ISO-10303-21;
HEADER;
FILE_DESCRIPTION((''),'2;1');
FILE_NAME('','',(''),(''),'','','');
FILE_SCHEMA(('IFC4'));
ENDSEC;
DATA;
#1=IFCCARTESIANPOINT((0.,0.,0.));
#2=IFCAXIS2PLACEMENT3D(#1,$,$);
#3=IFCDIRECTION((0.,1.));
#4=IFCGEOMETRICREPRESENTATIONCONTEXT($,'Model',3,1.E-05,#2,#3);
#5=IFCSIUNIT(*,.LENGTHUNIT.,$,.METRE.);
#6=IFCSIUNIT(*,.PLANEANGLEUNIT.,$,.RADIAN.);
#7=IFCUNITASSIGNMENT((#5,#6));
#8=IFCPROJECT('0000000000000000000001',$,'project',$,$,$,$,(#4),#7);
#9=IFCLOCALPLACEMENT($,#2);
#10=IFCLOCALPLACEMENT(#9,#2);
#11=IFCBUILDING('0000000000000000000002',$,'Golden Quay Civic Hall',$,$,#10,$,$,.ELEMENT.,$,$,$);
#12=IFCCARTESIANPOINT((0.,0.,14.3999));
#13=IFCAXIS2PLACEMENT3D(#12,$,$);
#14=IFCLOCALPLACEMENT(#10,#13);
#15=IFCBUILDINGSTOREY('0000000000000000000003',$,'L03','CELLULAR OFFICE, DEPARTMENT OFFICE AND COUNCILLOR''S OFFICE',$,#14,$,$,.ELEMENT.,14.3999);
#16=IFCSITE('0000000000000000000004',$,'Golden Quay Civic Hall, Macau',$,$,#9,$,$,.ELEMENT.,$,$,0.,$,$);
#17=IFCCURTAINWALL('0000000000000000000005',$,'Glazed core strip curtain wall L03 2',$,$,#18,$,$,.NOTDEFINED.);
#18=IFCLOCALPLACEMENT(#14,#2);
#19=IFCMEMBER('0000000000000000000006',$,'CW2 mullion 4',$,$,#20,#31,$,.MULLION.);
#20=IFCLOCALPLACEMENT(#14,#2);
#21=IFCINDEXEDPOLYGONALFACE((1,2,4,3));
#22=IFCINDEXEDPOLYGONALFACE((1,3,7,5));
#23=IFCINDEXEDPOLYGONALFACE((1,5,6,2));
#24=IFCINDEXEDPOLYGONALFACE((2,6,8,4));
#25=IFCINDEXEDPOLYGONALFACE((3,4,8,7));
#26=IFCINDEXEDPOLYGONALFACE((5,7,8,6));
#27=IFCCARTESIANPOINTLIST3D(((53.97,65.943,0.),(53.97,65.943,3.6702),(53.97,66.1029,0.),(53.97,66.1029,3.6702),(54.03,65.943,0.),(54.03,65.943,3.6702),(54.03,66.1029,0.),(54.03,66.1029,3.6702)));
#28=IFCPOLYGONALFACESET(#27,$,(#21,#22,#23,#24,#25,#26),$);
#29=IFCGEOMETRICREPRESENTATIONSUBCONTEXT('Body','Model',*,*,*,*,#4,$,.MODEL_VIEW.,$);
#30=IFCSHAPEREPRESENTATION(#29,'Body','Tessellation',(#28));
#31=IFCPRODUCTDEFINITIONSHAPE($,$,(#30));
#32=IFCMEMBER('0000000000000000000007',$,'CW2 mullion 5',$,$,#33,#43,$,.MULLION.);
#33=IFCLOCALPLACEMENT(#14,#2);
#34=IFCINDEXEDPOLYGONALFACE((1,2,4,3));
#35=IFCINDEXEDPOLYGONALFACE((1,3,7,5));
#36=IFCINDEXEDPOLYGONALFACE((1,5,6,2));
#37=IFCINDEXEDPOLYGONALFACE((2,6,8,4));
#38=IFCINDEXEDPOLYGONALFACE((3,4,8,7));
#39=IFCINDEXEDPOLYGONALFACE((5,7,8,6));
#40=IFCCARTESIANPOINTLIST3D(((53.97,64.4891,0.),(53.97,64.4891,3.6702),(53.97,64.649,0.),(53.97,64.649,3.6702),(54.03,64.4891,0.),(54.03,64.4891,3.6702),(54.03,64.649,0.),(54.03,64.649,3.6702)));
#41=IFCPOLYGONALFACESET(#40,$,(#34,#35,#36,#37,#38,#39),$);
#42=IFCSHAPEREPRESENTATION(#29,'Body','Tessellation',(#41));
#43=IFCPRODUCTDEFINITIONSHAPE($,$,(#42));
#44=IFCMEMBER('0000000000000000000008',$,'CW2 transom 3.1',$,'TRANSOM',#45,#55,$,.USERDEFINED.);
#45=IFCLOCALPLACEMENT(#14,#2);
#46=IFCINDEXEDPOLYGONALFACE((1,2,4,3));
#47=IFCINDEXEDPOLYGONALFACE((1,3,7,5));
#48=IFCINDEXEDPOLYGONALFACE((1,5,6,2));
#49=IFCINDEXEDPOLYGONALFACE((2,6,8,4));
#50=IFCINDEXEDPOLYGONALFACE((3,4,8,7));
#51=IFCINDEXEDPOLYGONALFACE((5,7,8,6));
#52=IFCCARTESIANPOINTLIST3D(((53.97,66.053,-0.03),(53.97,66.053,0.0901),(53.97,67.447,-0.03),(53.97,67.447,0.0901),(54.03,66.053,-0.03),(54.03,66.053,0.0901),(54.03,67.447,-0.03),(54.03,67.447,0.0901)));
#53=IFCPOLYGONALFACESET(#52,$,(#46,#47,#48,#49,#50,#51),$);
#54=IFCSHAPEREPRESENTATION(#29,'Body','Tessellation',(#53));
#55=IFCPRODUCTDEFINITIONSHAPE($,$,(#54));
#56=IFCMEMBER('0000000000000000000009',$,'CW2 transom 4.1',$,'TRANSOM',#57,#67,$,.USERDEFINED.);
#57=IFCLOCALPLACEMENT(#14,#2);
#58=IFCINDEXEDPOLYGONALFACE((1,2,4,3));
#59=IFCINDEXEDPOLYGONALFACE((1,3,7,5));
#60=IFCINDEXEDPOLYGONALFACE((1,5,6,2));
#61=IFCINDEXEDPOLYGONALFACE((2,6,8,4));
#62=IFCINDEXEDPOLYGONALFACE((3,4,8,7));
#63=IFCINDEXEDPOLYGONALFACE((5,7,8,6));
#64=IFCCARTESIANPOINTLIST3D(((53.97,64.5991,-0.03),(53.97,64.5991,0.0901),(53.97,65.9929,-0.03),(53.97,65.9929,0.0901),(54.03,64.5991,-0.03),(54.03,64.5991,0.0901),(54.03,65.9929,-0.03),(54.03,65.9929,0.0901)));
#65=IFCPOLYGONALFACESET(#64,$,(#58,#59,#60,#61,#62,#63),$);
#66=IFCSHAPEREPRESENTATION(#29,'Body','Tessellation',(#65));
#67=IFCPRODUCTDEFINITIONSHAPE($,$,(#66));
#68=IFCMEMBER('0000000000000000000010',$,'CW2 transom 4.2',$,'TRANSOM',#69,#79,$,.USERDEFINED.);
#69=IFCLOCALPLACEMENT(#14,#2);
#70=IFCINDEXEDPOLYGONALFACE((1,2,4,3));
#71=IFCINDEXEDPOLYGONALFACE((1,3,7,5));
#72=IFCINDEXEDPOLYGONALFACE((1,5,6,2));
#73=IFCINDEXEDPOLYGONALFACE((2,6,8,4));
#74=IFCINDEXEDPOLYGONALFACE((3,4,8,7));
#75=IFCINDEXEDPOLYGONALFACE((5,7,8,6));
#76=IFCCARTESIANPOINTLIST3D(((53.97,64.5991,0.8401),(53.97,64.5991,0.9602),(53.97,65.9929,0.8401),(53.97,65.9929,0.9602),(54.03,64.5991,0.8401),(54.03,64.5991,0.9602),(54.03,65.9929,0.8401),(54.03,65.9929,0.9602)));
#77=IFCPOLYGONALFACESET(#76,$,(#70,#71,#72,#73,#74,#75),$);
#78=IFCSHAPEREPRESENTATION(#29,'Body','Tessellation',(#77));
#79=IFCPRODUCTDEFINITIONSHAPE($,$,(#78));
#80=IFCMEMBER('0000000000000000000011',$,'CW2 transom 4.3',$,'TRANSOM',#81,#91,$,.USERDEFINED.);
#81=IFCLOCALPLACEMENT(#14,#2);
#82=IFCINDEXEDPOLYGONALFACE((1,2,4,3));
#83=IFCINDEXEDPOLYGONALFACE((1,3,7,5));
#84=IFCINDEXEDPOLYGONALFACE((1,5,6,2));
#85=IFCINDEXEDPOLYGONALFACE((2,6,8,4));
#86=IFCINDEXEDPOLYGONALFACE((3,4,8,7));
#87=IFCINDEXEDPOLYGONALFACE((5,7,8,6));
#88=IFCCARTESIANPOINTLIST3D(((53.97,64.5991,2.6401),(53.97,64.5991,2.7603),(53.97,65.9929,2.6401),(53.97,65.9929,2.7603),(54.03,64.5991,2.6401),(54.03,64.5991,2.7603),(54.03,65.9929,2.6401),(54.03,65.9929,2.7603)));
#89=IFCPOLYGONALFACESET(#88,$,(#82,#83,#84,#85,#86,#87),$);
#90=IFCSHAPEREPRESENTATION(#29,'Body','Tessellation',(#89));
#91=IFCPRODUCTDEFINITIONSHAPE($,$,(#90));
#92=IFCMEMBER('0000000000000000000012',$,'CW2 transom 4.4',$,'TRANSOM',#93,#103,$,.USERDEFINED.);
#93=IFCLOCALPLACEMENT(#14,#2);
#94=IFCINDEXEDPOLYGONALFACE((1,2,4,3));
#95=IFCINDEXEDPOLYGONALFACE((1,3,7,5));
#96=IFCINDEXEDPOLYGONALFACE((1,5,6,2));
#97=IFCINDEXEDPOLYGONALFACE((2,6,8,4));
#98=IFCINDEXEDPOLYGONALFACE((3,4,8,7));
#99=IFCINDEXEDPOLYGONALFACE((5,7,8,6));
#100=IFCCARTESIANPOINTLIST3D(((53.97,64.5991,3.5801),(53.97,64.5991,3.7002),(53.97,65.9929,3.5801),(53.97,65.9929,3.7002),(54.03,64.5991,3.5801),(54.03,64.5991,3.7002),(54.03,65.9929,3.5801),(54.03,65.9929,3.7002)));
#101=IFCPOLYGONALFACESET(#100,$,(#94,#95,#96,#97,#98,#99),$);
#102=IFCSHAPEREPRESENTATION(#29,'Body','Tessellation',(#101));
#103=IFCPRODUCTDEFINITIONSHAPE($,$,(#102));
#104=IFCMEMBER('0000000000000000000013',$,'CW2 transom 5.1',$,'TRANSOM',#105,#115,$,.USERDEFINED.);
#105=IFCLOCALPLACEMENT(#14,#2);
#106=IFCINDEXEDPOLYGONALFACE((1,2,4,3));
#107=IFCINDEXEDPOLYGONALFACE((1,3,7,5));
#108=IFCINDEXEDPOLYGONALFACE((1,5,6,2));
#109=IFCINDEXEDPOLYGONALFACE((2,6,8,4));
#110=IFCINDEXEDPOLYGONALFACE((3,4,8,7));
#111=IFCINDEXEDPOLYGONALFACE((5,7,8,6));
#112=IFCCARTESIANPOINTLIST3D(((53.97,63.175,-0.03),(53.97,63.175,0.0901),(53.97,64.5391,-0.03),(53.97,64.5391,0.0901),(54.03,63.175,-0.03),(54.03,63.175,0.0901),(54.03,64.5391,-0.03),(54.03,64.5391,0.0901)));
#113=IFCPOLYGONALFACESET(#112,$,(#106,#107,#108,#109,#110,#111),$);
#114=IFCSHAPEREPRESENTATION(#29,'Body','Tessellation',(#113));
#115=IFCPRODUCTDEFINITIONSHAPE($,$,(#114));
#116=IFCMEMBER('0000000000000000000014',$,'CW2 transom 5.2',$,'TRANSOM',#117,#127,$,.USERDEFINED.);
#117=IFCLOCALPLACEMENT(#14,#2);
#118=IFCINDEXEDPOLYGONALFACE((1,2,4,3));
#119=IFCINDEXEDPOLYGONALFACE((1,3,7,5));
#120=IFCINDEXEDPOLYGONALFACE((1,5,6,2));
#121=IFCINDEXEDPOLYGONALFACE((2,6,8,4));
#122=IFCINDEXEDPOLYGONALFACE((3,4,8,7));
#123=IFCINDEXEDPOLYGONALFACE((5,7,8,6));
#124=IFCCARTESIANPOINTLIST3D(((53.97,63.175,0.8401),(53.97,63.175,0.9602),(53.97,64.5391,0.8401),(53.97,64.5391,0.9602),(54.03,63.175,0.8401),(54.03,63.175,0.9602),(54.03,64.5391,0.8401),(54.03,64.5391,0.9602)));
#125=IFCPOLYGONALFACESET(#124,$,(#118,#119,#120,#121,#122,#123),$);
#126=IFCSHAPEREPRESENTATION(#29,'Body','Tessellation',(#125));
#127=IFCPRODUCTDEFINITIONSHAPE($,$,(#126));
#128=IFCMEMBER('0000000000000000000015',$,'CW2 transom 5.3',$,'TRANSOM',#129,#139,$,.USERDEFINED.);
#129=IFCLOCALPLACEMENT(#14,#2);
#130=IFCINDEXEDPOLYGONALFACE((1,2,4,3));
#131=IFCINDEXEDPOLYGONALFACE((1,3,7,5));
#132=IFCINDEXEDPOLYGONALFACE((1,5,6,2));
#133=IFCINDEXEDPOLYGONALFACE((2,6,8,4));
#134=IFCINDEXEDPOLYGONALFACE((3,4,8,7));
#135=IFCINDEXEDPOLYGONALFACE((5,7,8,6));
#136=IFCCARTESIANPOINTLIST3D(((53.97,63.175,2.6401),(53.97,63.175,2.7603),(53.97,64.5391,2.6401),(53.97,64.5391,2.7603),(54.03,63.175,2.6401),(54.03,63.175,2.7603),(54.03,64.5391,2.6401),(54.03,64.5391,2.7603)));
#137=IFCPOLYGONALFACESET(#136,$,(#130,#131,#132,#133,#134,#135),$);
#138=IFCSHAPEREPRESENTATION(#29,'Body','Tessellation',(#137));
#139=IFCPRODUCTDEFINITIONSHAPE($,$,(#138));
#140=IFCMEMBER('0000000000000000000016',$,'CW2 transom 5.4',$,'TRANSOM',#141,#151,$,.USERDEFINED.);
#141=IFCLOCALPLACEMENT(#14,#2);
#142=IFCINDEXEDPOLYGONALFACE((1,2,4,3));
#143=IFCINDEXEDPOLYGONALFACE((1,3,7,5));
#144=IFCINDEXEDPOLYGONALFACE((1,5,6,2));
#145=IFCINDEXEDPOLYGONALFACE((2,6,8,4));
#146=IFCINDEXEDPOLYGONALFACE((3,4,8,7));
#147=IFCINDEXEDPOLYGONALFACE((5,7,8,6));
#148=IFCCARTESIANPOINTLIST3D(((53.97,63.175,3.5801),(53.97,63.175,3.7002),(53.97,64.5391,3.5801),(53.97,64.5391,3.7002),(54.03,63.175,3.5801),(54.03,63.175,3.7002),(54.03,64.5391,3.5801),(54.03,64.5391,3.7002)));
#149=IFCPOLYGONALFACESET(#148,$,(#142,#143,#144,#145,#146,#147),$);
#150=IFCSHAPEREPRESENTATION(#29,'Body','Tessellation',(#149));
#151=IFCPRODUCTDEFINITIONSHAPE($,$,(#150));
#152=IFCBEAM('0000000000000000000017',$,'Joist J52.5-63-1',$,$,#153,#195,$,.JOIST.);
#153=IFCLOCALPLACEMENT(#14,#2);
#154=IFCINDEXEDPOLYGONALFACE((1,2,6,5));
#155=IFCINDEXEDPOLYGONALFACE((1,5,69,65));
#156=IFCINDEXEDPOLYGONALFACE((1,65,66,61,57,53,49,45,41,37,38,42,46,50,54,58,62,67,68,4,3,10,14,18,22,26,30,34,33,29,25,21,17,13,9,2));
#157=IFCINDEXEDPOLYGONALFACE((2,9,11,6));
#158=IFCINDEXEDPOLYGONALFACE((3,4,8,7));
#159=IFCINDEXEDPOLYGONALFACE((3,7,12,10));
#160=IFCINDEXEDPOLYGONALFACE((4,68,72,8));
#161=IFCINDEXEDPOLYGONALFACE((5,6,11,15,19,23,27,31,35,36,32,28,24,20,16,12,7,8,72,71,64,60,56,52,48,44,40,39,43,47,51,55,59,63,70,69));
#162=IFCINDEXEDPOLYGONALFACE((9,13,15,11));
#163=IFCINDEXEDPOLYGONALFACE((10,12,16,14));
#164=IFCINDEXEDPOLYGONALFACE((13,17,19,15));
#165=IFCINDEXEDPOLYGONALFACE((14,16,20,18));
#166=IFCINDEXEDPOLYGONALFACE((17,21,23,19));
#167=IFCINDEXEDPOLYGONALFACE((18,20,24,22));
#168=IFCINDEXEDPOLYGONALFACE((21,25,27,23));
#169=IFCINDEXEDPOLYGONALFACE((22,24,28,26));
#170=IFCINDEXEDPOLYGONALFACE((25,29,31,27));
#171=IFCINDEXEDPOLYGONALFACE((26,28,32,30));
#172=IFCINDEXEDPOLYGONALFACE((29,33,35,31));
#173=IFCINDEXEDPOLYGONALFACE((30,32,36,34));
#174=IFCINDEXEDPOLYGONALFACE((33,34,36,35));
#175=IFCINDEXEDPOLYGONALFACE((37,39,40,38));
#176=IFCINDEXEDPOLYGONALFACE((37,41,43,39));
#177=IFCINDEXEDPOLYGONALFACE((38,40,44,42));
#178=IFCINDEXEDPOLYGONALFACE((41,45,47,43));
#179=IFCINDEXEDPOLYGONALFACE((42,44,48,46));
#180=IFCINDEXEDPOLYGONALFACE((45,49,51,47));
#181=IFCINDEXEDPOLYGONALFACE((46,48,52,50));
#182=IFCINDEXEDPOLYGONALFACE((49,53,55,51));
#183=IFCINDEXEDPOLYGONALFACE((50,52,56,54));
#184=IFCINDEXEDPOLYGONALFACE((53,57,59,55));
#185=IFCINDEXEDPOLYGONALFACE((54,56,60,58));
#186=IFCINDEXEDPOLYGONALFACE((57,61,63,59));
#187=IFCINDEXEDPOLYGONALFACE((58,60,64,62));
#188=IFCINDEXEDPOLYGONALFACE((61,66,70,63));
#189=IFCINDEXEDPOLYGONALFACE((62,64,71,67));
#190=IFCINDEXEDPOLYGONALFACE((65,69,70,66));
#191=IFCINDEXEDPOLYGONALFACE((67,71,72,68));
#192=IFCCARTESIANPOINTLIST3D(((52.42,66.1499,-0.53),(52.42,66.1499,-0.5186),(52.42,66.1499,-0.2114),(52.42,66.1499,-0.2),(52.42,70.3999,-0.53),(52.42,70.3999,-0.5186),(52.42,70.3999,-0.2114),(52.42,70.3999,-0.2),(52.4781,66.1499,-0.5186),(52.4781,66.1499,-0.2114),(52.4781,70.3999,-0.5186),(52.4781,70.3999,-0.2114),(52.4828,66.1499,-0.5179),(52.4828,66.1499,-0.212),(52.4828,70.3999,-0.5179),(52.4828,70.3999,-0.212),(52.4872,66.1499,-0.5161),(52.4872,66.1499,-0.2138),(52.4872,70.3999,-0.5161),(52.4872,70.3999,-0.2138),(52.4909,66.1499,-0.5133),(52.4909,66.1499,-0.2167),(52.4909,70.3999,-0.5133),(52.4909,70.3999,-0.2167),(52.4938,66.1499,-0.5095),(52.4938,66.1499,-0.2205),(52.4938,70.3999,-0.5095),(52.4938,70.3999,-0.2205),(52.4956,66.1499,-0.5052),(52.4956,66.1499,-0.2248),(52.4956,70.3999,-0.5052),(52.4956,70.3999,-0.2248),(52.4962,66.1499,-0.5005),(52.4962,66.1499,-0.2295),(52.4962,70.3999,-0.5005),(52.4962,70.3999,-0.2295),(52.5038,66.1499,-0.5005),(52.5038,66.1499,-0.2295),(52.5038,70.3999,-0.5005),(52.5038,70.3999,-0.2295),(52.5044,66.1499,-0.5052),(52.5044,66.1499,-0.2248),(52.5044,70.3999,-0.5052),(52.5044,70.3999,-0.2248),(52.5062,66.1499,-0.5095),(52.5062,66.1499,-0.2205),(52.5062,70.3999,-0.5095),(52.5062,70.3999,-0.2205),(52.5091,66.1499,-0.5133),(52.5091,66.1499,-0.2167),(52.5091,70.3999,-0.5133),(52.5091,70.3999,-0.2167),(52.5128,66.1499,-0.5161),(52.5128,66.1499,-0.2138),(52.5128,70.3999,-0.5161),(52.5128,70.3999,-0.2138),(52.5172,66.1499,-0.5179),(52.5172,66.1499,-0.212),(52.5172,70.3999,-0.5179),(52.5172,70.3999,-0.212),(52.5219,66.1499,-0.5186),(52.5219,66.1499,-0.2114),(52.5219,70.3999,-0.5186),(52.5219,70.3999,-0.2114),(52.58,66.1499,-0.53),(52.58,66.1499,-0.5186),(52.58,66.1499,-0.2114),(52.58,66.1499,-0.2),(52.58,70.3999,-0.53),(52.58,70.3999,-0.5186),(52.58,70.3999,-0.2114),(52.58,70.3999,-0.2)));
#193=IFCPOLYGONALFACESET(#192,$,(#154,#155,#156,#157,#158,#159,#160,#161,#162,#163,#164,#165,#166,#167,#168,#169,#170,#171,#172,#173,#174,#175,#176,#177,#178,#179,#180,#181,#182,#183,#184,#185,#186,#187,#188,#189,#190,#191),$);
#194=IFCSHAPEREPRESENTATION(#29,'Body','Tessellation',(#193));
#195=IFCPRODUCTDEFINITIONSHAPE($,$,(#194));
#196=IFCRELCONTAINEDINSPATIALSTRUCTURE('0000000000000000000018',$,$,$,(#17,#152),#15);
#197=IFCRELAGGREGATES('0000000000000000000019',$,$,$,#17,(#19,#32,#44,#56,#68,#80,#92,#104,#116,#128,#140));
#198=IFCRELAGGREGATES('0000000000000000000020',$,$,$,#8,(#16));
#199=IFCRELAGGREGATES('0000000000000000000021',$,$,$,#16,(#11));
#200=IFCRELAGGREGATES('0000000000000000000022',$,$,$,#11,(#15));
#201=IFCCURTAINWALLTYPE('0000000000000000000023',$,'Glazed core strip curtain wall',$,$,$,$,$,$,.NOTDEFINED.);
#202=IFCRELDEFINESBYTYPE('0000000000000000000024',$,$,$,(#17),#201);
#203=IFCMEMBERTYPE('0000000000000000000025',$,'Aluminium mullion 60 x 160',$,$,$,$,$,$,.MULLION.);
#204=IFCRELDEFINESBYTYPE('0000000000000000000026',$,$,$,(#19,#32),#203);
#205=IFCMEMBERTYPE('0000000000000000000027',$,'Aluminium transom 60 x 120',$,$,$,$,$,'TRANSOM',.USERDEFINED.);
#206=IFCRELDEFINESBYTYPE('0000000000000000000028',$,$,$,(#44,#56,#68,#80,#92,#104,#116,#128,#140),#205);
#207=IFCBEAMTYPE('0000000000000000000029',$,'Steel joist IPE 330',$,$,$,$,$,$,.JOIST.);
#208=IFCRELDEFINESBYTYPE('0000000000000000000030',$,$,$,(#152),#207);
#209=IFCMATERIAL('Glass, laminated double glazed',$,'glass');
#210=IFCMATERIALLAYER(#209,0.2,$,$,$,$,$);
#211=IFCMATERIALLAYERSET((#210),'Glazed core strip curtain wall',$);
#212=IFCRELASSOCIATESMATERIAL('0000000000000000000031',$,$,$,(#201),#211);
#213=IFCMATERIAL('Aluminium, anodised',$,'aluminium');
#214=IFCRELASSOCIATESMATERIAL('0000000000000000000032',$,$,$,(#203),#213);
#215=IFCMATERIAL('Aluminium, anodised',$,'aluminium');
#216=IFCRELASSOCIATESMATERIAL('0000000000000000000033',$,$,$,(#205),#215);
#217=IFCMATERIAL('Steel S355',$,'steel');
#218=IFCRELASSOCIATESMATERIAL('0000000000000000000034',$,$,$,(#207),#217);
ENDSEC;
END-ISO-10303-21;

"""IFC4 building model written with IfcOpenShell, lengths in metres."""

from ifc_helpers import new_model, si_unit, direction, frame, origin, origin_2d, place, context, subcontext, project, spatial, rectangle, i_section, extrude, material, layer, layer_set, material_profile, profile_set, type_object, element, aggregate, save


model = new_model("IFC4")

# Units and contexts
model_context = context("Model", 3, precision=1e-05, world=origin(), true_north=direction((0.0, 1.0)))
body_context = subcontext(model_context, "Body", "Model", "MODEL_VIEW")
ifc_project = project(units=[si_unit("LENGTHUNIT", "METRE"), si_unit("PLANEANGLEUNIT", "RADIAN")], contexts=[model_context])

# Site, building, storey
site_placement = place(None, origin())
site = spatial("IfcSite", under=ifc_project, at=site_placement, Name="Golden Quay Civic Hall, Macau", CompositionType="ELEMENT", RefElevation=0.0)
building_placement = place(site_placement, origin())
building = spatial("IfcBuilding", under=site, at=building_placement, Name="Golden Quay Civic Hall", CompositionType="ELEMENT")
storey_placement = place(building_placement, frame((0.0, 0.0, 14.3999)))
storey = spatial("IfcBuildingStorey", under=building, at=storey_placement, Name="L03", Description="CELLULAR OFFICE, DEPARTMENT OFFICE AND COUNCILLOR'S OFFICE", CompositionType="ELEMENT", Elevation=14.3999)

# Curtain wall, members
ifc_material_1 = material(Name="Glass, laminated double glazed", Category="glass")
ifc_layer_1 = layer(ifc_material_1, 0.2)
ifc_layer_set_1 = layer_set([ifc_layer_1], Name="Glazed core strip curtain wall")
curtain_wall_type = type_object("IfcCurtainWallType", Name="Glazed core strip curtain wall", PredefinedType="NOTDEFINED", material=ifc_layer_set_1)
curtain_wall_placement = place(storey_placement, origin())
curtain_wall = element("IfcCurtainWall", 1, at=curtain_wall_placement, inside=storey, type_object=curtain_wall_type, Name="Glazed core strip curtain wall L03 2", PredefinedType="NOTDEFINED")
ifc_material_2 = material(Name="Aluminium, anodised", Category="aluminium")
ifc_material_profile_1 = material_profile(ifc_material_2, rectangle(XDim=0.0601, YDim=0.1599, at=origin_2d()), Name="Aluminium 60 x 160")
ifc_profile_set_1 = profile_set([ifc_material_profile_1], Name="Aluminium, anodised")
member_type_1 = type_object("IfcMemberType", Name="Aluminium mullion 60 x 160", PredefinedType="MULLION", material=ifc_profile_set_1)
member_1_placement = place(storey_placement, frame((54.0, 66.0229, 0.0), z_axis=(0.0, 0.0, 1.0), x_axis=(1.0, 0.0, 0.0)))
member_1 = element("IfcMember", 2, at=member_1_placement, type_object=member_type_1, Name="CW2 mullion 4", PredefinedType="MULLION", context=body_context, shape_type="SweptSolid", body=[
    extrude(rectangle(XDim=0.0601, YDim=0.1599, at=origin_2d()), origin(), (0.0, 0.0, 1.0), 3.6702),
])
member_2_placement = place(storey_placement, frame((54.0, 64.5691, 0.0), z_axis=(0.0, 0.0, 1.0), x_axis=(1.0, 0.0, 0.0)))
member_2 = element("IfcMember", 3, at=member_2_placement, type_object=member_type_1, Name="CW2 mullion 5", PredefinedType="MULLION", context=body_context, shape_type="SweptSolid", body=[
    extrude(rectangle(XDim=0.0601, YDim=0.1599, at=origin_2d()), origin(), (0.0, 0.0, 1.0), 3.6702),
])
ifc_material_3 = material(Name="Aluminium, anodised", Category="aluminium")
ifc_material_profile_2 = material_profile(ifc_material_3, rectangle(XDim=0.0601, YDim=0.1201, at=origin_2d()), Name="Aluminium 60 x 120")
ifc_profile_set_2 = profile_set([ifc_material_profile_2], Name="Aluminium, anodised")
member_type_2 = type_object("IfcMemberType", Name="Aluminium transom 60 x 120", ElementType="TRANSOM", PredefinedType="USERDEFINED", material=ifc_profile_set_2)
member_3_placement = place(storey_placement, frame((54.0, 67.447, 0.03), z_axis=(0.0, -1.0, 0.0), x_axis=(1.0, 0.0, 0.0)))
member_3 = element("IfcMember", 4, at=member_3_placement, type_object=member_type_2, Name="CW2 transom 3.1", ObjectType="TRANSOM", PredefinedType="USERDEFINED", context=body_context, shape_type="SweptSolid", body=[
    extrude(rectangle(XDim=0.0601, YDim=0.1201, at=origin_2d()), origin(), (0.0, 0.0, 1.0), 1.394),
])
member_4_placement = place(storey_placement, frame((54.0, 65.9929, 0.03), z_axis=(0.0, -1.0, 0.0), x_axis=(1.0, 0.0, 0.0)))
member_4 = element("IfcMember", 5, at=member_4_placement, type_object=member_type_2, Name="CW2 transom 4.1", ObjectType="TRANSOM", PredefinedType="USERDEFINED", context=body_context, shape_type="SweptSolid", body=[
    extrude(rectangle(XDim=0.0601, YDim=0.1201, at=origin_2d()), origin(), (0.0, 0.0, 1.0), 1.3938),
])
member_5_placement = place(storey_placement, frame((54.0, 65.9929, 0.9001), z_axis=(0.0, -1.0, 0.0), x_axis=(1.0, 0.0, 0.0)))
member_5 = element("IfcMember", 6, at=member_5_placement, type_object=member_type_2, Name="CW2 transom 4.2", ObjectType="TRANSOM", PredefinedType="USERDEFINED", context=body_context, shape_type="SweptSolid", body=[
    extrude(rectangle(XDim=0.0601, YDim=0.1201, at=origin_2d()), origin(), (0.0, 0.0, 1.0), 1.3938),
])
member_6_placement = place(storey_placement, frame((54.0, 65.9929, 2.7002), z_axis=(0.0, -1.0, 0.0), x_axis=(1.0, 0.0, 0.0)))
member_6 = element("IfcMember", 7, at=member_6_placement, type_object=member_type_2, Name="CW2 transom 4.3", ObjectType="TRANSOM", PredefinedType="USERDEFINED", context=body_context, shape_type="SweptSolid", body=[
    extrude(rectangle(XDim=0.0601, YDim=0.1201, at=origin_2d()), origin(), (0.0, 0.0, 1.0), 1.3938),
])
member_7_placement = place(storey_placement, frame((54.0, 65.9929, 3.6401), z_axis=(0.0, -1.0, 0.0), x_axis=(1.0, 0.0, 0.0)))
member_7 = element("IfcMember", 8, at=member_7_placement, type_object=member_type_2, Name="CW2 transom 4.4", ObjectType="TRANSOM", PredefinedType="USERDEFINED", context=body_context, shape_type="SweptSolid", body=[
    extrude(rectangle(XDim=0.0601, YDim=0.1201, at=origin_2d()), origin(), (0.0, 0.0, 1.0), 1.3938),
])
member_8_placement = place(storey_placement, frame((54.0, 64.5391, 0.03), z_axis=(0.0, -1.0, 0.0), x_axis=(1.0, 0.0, 0.0)))
member_8 = element("IfcMember", 9, at=member_8_placement, type_object=member_type_2, Name="CW2 transom 5.1", ObjectType="TRANSOM", PredefinedType="USERDEFINED", context=body_context, shape_type="SweptSolid", body=[
    extrude(rectangle(XDim=0.0601, YDim=0.1201, at=origin_2d()), origin(), (0.0, 0.0, 1.0), 1.364),
])
member_9_placement = place(storey_placement, frame((54.0, 64.5391, 0.9001), z_axis=(0.0, -1.0, 0.0), x_axis=(1.0, 0.0, 0.0)))
member_9 = element("IfcMember", 10, at=member_9_placement, type_object=member_type_2, Name="CW2 transom 5.2", ObjectType="TRANSOM", PredefinedType="USERDEFINED", context=body_context, shape_type="SweptSolid", body=[
    extrude(rectangle(XDim=0.0601, YDim=0.1201, at=origin_2d()), origin(), (0.0, 0.0, 1.0), 1.364),
])
member_10_placement = place(storey_placement, frame((54.0, 64.5391, 2.7002), z_axis=(0.0, -1.0, 0.0), x_axis=(1.0, 0.0, 0.0)))
member_10 = element("IfcMember", 11, at=member_10_placement, type_object=member_type_2, Name="CW2 transom 5.3", ObjectType="TRANSOM", PredefinedType="USERDEFINED", context=body_context, shape_type="SweptSolid", body=[
    extrude(rectangle(XDim=0.0601, YDim=0.1201, at=origin_2d()), origin(), (0.0, 0.0, 1.0), 1.364),
])
member_11_placement = place(storey_placement, frame((54.0, 64.5391, 3.6401), z_axis=(0.0, -1.0, 0.0), x_axis=(1.0, 0.0, 0.0)))
member_11 = element("IfcMember", 12, at=member_11_placement, type_object=member_type_2, Name="CW2 transom 5.4", ObjectType="TRANSOM", PredefinedType="USERDEFINED", context=body_context, shape_type="SweptSolid", body=[
    extrude(rectangle(XDim=0.0601, YDim=0.1201, at=origin_2d()), origin(), (0.0, 0.0, 1.0), 1.364),
])

# Beam
ifc_material_4 = material(Name="Steel S355", Category="steel")
ifc_material_profile_3 = material_profile(ifc_material_4, i_section(OverallWidth=0.1599, OverallDepth=0.3301, WebThickness=0.0076, FlangeThickness=0.0115, FilletRadius=0.0181, at=origin_2d()), Name="IPE 330")
ifc_profile_set_3 = profile_set([ifc_material_profile_3], Name="Steel S355")
beam_type = type_object("IfcBeamType", Name="Steel joist IPE 330", PredefinedType="JOIST", material=ifc_profile_set_3)
beam_placement = place(storey_placement, frame((52.5, 66.1499, -0.365), z_axis=(0.0, 1.0, 0.0), x_axis=(-1.0, 0.0, 0.0)))
element("IfcBeam", 13, at=beam_placement, inside=storey, type_object=beam_type, Name="Joist J52.5-63-1", PredefinedType="JOIST", context=body_context, shape_type="SweptSolid", body=[
    extrude(i_section(OverallWidth=0.1599, OverallDepth=0.3301, WebThickness=0.0076, FlangeThickness=0.0115, FilletRadius=0.0181, at=origin_2d()), origin(), (0.0, 0.0, 1.0), 4.25),
])

aggregate(curtain_wall, [member_1, member_2, member_3, member_4, member_5, member_6, member_7, member_8, member_9, member_10, member_11])

save(model, "model.ifc")
